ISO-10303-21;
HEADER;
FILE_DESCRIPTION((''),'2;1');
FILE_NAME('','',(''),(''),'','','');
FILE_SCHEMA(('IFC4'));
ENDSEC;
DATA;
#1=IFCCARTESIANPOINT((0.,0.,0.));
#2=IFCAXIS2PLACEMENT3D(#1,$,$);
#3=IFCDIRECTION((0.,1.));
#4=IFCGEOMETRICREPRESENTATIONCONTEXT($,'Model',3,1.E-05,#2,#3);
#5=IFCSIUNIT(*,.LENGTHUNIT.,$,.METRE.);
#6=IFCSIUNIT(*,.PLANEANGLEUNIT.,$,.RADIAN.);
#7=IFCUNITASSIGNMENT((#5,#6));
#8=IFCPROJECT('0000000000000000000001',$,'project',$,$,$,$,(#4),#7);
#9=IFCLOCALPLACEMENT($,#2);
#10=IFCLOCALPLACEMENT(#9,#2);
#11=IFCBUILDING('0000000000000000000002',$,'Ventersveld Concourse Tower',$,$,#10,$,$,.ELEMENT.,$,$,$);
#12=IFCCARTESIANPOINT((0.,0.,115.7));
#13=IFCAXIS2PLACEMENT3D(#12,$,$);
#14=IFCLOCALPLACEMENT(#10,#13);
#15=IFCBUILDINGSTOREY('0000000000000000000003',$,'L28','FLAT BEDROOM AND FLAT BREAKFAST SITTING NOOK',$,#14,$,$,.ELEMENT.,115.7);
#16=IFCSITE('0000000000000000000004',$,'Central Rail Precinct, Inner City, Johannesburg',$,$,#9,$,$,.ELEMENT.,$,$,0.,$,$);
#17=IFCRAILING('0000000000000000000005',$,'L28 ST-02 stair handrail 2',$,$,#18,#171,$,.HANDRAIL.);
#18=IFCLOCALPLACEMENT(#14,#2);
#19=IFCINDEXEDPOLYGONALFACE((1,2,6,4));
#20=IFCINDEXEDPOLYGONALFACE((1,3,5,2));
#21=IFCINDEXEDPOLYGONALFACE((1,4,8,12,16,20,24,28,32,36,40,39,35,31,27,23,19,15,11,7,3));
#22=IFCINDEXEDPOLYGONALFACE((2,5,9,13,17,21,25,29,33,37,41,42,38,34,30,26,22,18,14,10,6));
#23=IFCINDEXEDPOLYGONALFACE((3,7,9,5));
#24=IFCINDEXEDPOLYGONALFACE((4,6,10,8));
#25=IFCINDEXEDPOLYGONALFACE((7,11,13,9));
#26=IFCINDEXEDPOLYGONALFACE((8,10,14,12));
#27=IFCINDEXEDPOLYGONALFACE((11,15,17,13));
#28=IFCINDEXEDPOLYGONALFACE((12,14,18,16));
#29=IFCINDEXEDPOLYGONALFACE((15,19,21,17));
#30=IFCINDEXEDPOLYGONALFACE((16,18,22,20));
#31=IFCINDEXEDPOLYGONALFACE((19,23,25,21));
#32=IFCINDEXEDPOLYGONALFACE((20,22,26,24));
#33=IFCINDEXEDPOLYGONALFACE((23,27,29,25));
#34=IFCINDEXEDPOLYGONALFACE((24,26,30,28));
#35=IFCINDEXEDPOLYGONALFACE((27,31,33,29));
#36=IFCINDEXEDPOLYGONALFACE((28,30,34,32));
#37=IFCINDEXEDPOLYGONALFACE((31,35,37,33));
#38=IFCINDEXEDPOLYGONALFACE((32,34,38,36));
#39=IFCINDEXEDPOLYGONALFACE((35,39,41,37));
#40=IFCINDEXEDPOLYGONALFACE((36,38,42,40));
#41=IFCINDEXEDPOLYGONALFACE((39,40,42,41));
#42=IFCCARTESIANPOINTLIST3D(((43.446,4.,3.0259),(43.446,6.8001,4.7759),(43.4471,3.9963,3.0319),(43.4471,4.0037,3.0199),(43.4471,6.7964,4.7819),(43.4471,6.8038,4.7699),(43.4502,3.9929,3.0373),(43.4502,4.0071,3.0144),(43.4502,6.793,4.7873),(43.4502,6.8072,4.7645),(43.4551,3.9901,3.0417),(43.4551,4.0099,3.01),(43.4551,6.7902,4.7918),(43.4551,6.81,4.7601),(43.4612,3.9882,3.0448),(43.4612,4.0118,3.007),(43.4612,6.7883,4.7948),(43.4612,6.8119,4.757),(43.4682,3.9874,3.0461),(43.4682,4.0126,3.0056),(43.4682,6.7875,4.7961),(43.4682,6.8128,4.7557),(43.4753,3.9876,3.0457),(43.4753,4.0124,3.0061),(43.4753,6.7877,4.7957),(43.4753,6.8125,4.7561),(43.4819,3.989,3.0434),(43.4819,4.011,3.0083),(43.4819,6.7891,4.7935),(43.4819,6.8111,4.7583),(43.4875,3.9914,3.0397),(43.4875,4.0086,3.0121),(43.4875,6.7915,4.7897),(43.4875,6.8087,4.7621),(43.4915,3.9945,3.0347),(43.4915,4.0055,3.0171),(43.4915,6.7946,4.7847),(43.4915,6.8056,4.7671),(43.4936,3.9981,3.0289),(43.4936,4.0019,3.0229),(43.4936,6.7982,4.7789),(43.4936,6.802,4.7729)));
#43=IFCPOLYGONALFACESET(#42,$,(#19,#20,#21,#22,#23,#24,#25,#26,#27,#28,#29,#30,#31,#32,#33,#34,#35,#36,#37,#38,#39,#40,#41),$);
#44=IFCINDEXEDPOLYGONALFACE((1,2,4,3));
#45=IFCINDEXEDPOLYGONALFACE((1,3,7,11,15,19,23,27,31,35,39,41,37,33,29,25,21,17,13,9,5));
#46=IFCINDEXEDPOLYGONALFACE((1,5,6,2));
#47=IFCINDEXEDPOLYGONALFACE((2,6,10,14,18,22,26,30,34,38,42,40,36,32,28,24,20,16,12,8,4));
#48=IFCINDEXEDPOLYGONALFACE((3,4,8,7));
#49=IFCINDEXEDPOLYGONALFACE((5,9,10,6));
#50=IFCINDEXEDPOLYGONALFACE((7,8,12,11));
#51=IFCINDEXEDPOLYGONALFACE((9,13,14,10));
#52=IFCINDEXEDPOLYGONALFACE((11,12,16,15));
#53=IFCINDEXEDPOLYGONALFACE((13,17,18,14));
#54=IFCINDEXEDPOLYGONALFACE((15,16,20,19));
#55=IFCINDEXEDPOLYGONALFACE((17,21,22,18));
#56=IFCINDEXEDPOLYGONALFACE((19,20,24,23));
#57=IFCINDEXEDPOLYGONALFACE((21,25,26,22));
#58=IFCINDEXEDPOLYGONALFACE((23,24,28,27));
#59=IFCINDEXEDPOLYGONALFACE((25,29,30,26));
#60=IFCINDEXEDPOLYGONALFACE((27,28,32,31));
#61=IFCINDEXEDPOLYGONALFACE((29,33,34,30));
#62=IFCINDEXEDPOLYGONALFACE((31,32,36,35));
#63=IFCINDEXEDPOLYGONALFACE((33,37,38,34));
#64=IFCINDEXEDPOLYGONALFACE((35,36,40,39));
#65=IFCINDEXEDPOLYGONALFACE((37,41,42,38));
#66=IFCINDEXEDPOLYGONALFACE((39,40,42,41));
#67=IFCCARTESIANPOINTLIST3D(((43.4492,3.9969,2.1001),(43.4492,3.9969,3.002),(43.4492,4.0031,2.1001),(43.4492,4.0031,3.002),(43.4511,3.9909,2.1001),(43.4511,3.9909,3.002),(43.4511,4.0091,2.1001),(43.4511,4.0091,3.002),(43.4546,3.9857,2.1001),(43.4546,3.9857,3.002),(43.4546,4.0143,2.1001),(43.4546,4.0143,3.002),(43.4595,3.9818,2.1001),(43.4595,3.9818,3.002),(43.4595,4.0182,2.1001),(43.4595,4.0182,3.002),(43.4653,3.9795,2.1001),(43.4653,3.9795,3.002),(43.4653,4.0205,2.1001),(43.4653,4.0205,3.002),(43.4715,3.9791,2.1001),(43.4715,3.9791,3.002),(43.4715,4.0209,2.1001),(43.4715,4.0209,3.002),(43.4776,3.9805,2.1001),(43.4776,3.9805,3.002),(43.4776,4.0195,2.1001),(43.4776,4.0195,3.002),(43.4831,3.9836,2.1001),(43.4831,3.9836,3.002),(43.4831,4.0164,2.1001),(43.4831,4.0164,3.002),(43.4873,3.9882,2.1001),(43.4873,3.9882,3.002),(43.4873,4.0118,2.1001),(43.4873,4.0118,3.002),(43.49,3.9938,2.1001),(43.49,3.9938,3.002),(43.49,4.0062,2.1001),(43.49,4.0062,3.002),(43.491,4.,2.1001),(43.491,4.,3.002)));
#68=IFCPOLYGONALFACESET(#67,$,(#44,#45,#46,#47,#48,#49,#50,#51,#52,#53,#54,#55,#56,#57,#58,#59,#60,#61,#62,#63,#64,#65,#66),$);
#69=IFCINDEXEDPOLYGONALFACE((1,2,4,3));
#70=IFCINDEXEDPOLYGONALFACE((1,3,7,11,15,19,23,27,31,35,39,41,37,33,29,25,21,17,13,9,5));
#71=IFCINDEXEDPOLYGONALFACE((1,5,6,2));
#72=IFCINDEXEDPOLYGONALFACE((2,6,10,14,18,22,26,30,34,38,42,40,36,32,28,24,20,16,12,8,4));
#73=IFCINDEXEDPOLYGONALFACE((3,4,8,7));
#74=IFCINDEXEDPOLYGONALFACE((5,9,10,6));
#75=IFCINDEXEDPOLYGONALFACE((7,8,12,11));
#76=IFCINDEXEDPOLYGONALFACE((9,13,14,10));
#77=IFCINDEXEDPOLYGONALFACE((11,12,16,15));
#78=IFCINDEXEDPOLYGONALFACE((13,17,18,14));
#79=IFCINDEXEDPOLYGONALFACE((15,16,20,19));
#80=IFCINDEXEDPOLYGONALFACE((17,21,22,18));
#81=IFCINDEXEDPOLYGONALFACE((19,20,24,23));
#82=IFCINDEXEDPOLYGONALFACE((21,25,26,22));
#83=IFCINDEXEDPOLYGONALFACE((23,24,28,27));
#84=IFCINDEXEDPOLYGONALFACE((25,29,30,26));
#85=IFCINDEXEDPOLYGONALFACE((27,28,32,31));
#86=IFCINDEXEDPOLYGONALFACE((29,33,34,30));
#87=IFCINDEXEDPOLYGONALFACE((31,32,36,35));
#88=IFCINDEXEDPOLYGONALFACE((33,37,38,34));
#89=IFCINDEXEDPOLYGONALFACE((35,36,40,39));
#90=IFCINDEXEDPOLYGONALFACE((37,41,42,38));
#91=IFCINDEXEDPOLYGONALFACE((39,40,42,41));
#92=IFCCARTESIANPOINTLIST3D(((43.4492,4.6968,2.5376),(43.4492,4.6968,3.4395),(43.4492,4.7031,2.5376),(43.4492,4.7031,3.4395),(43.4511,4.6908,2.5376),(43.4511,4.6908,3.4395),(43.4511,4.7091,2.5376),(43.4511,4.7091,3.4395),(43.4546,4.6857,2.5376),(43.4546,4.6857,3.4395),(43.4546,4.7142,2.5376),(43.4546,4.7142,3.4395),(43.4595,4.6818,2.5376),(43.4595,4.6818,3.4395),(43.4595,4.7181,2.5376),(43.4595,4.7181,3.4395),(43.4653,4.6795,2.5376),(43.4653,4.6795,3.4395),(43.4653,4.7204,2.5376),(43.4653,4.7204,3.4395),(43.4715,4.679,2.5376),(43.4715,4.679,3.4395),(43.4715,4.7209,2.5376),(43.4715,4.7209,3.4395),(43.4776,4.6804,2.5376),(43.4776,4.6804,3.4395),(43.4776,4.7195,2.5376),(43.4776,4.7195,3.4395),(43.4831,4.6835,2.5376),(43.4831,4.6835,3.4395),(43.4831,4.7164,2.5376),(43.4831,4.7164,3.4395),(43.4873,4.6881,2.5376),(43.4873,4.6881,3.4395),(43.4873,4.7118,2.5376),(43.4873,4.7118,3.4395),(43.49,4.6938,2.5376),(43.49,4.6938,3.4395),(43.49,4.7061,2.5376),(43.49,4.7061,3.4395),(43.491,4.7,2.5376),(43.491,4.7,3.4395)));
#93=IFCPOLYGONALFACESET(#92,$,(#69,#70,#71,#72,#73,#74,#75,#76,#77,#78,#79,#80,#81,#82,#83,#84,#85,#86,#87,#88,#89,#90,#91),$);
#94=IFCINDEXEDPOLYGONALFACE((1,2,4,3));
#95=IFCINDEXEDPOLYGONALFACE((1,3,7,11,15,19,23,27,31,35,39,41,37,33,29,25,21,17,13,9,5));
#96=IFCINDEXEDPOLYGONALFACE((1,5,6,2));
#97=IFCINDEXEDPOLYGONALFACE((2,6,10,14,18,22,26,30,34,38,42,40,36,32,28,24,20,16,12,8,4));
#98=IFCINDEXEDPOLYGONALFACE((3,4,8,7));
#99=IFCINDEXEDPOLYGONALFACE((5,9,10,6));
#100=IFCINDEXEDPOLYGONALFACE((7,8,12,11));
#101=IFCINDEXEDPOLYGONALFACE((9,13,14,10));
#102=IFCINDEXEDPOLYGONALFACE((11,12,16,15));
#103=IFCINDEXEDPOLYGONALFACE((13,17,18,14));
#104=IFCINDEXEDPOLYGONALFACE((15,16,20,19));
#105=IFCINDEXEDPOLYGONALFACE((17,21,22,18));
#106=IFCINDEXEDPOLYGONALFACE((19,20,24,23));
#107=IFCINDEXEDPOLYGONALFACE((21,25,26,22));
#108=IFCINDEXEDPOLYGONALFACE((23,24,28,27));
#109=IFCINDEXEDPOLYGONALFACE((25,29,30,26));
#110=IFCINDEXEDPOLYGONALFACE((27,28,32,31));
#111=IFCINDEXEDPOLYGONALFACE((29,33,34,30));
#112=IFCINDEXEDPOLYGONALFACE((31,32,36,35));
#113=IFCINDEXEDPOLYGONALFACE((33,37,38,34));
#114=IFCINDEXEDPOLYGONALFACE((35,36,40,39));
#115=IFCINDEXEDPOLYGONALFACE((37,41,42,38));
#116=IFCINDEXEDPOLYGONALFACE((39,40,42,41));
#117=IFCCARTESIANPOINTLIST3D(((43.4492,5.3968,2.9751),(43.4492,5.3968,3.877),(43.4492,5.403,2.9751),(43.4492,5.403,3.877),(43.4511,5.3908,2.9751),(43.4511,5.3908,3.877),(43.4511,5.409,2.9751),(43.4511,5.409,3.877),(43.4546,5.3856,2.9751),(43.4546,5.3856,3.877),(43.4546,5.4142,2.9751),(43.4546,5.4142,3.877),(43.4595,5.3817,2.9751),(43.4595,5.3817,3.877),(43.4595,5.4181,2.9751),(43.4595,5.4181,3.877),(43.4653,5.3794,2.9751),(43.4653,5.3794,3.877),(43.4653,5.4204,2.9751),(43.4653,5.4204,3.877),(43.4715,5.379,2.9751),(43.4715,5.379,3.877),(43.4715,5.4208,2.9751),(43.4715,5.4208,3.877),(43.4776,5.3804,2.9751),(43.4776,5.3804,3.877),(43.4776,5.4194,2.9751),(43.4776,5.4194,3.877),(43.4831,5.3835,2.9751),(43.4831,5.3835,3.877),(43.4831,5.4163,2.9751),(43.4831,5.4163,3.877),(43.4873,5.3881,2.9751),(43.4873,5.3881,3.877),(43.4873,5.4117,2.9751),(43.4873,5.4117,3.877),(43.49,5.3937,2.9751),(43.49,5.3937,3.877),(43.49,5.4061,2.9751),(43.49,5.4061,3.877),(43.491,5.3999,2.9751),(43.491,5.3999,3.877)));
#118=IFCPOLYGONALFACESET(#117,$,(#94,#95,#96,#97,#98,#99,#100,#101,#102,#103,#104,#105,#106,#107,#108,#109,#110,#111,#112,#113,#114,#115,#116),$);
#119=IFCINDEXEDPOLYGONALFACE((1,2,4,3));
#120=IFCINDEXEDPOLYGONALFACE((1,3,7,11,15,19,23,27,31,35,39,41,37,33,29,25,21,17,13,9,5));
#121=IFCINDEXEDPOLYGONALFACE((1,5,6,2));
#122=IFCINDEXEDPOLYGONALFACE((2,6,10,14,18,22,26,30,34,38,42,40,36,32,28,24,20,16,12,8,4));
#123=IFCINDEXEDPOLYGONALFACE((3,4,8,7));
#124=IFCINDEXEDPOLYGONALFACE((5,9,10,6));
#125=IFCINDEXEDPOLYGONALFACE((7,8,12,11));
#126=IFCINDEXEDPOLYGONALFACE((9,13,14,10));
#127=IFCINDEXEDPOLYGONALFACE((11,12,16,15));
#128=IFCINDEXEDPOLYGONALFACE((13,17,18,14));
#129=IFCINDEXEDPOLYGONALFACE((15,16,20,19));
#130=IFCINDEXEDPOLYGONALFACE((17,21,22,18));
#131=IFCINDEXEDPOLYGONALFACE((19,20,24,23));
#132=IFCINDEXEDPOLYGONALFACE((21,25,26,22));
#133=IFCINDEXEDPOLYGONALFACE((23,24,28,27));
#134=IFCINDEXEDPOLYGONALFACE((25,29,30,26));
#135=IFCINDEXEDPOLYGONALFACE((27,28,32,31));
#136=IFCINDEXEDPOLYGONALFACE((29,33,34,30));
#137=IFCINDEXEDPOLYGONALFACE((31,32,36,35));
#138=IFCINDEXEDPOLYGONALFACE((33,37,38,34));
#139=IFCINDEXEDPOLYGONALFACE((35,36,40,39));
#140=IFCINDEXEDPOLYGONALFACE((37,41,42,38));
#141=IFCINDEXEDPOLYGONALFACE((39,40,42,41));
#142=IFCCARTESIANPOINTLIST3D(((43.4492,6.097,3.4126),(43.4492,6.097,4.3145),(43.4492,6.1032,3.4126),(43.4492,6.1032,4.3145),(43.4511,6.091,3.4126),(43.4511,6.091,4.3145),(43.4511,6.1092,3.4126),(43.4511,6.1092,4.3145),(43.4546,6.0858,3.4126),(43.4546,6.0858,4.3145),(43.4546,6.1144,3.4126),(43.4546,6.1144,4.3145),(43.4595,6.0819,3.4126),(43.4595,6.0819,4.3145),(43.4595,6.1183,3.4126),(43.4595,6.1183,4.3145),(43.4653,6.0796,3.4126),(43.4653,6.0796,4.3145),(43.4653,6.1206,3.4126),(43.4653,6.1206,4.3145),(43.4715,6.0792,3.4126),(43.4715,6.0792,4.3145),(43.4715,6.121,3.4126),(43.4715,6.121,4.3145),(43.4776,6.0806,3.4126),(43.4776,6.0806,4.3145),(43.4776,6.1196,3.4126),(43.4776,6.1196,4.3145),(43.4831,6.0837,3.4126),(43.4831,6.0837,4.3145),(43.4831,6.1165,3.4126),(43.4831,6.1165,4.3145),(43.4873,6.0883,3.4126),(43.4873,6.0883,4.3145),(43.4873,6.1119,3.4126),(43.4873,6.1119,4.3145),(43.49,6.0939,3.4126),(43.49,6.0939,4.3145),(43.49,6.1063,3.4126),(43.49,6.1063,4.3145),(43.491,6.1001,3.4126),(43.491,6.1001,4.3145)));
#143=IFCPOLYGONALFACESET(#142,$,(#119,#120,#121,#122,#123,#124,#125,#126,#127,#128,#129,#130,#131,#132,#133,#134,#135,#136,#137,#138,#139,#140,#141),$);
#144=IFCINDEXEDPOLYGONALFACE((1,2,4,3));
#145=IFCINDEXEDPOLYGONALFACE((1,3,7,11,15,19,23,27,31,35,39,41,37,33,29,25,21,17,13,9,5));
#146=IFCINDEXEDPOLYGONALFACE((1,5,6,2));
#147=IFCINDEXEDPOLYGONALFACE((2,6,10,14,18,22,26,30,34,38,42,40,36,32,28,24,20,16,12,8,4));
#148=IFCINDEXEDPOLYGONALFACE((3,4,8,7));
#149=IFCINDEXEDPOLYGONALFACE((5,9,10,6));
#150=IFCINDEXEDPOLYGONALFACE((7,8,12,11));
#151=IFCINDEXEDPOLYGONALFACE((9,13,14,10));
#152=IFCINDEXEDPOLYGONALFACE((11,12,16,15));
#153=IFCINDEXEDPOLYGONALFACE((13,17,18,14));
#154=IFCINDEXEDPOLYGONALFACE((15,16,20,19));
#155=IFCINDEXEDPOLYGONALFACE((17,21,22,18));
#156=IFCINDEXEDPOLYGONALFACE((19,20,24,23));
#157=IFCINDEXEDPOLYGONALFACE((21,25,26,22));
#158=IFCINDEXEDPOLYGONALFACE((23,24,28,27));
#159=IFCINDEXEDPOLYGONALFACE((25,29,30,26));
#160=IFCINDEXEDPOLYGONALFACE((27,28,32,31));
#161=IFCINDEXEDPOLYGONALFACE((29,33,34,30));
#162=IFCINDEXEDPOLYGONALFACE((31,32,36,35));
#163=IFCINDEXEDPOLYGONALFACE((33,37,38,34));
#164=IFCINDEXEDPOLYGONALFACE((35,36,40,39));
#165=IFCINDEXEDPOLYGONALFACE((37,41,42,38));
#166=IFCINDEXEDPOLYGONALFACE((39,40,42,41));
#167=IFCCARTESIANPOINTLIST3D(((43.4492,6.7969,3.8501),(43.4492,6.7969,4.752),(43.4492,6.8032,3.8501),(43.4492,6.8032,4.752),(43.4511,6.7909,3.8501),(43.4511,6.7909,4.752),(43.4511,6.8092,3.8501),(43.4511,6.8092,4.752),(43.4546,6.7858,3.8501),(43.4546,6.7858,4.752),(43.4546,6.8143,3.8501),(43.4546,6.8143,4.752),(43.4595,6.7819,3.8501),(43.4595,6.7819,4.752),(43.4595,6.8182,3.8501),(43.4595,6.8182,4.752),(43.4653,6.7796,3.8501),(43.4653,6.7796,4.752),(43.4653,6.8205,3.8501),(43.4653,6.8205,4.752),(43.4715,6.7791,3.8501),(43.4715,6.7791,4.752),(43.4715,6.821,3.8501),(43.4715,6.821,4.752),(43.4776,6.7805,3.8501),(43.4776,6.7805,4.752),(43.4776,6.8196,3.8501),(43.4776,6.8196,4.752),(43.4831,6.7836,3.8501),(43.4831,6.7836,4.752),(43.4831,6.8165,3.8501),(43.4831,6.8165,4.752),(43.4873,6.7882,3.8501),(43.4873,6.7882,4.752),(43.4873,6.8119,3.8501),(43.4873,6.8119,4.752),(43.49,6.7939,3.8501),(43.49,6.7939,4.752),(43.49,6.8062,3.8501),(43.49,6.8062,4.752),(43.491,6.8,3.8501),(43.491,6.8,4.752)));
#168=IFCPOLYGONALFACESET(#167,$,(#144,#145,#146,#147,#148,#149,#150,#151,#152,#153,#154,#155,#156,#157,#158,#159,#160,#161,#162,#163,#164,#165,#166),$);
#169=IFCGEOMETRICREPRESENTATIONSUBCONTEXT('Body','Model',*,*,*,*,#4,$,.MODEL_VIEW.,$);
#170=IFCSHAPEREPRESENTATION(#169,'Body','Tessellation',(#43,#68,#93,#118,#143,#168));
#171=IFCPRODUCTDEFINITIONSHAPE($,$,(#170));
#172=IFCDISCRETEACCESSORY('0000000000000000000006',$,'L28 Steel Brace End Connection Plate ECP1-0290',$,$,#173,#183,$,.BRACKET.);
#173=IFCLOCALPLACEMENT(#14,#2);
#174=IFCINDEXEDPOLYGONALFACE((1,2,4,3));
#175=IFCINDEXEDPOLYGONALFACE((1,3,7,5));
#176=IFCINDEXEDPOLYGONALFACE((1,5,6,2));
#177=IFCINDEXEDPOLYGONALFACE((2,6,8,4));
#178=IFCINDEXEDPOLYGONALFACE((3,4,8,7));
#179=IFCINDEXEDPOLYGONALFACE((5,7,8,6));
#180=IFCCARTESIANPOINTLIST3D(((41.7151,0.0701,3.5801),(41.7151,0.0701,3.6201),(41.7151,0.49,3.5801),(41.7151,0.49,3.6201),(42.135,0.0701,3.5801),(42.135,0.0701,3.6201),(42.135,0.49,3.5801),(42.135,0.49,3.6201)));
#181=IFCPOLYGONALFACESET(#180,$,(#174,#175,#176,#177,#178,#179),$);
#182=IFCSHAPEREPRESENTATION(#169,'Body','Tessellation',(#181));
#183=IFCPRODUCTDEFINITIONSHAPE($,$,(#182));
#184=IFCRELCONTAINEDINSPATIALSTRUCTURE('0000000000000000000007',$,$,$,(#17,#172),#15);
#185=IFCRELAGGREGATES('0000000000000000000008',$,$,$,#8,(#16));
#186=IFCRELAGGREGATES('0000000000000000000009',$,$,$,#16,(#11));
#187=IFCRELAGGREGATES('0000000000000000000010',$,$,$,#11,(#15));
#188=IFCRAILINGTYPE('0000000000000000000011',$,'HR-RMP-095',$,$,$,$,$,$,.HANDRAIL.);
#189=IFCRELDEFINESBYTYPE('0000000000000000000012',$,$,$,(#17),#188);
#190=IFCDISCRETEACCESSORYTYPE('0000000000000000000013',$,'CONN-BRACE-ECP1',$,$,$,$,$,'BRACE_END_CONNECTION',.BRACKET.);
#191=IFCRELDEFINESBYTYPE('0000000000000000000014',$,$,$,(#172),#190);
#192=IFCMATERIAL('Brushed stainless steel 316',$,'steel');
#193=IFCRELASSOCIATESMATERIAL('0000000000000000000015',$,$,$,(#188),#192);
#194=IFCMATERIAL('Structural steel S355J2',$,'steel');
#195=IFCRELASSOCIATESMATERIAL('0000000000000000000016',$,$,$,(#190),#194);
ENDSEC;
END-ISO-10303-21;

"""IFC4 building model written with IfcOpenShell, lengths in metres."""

from ifc_helpers import new_model, si_unit, direction, frame, origin, origin_2d, place, context, subcontext, project, spatial, rectangle, circle, extrude, material, type_object, element, save


model = new_model("IFC4")

# Units and contexts
model_context = context("Model", 3, precision=1e-05, world=origin(), true_north=direction((0.0, 1.0)))
body_context = subcontext(model_context, "Body", "Model", "MODEL_VIEW")
ifc_project = project(units=[si_unit("LENGTHUNIT", "METRE"), si_unit("PLANEANGLEUNIT", "RADIAN")], contexts=[model_context])

# Site, building, storey
site_placement = place(None, origin())
site = spatial("IfcSite", under=ifc_project, at=site_placement, Name="Central Rail Precinct, Inner City, Johannesburg", CompositionType="ELEMENT", RefElevation=0.0)
building_placement = place(site_placement, origin())
building = spatial("IfcBuilding", under=site, at=building_placement, Name="Ventersveld Concourse Tower", CompositionType="ELEMENT")
storey_placement = place(building_placement, frame((0.0, 0.0, 115.7)))
storey = spatial("IfcBuildingStorey", under=building, at=storey_placement, Name="L28", Description="FLAT BEDROOM AND FLAT BREAKFAST SITTING NOOK", CompositionType="ELEMENT", Elevation=115.7)

# Shared definitions
ifc_material_1 = material(Name="Brushed stainless steel 316", Category="steel")

# Railing
railing_type_1 = type_object("IfcRailingType", Name="HR-RMP-095", PredefinedType="HANDRAIL", material=ifc_material_1)
railing_1_placement = place(storey_placement, frame((43.47, 4.0, 2.1001)))
element("IfcRailing", 1, at=railing_1_placement, inside=storey, type_object=railing_type_1, Name="L28 ST-02 stair handrail 2", PredefinedType="HANDRAIL", context=body_context, shape_type="SweptSolid", body=[
    extrude(circle(Radius=0.0239, at=origin_2d()), frame((0.0, 0.0, 0.9258), z_axis=(0.0, 0.848002, 0.529992), x_axis=(-1.0, 0.0, 0.0)), (0.0, 0.0, 1.0), 3.302),
    extrude(circle(Radius=0.021, at=origin_2d()), origin(), (0.0, 0.0, 1.0), 0.9019),
    extrude(circle(Radius=0.021, at=origin_2d()), frame((0.0, 0.7, 0.4375)), (0.0, 0.0, 1.0), 0.9019),
    extrude(circle(Radius=0.021, at=origin_2d()), frame((0.0, 1.3999, 0.875)), (0.0, 0.0, 1.0), 0.9019),
    extrude(circle(Radius=0.021, at=origin_2d()), frame((0.0, 2.1001, 1.3125)), (0.0, 0.0, 1.0), 0.9019),
    extrude(circle(Radius=0.021, at=origin_2d()), frame((0.0, 2.8, 1.75)), (0.0, 0.0, 1.0), 0.9019),
])

# Discrete accessory
ifc_material_2 = material(Name="Structural steel S355J2", Category="steel")
discrete_accessory_type = type_object("IfcDiscreteAccessoryType", Name="CONN-BRACE-ECP1", ElementType="BRACE_END_CONNECTION", PredefinedType="BRACKET", material=ifc_material_2)
discrete_accessory_placement = place(storey_placement, frame((41.925, 0.28, 3.5801), z_axis=(0.0, 0.0, 1.0), x_axis=(1.0, 0.0, 0.0)))
element("IfcDiscreteAccessory", 2, at=discrete_accessory_placement, inside=storey, type_object=discrete_accessory_type, Name="L28 Steel Brace End Connection Plate ECP1-0290", PredefinedType="BRACKET", context=body_context, shape_type="SweptSolid", body=[
    extrude(rectangle(XDim=0.4199, YDim=0.4199, at=origin_2d()), origin(), (0.0, 0.0, 1.0), 0.04),
])

save(model, "model.ifc")
